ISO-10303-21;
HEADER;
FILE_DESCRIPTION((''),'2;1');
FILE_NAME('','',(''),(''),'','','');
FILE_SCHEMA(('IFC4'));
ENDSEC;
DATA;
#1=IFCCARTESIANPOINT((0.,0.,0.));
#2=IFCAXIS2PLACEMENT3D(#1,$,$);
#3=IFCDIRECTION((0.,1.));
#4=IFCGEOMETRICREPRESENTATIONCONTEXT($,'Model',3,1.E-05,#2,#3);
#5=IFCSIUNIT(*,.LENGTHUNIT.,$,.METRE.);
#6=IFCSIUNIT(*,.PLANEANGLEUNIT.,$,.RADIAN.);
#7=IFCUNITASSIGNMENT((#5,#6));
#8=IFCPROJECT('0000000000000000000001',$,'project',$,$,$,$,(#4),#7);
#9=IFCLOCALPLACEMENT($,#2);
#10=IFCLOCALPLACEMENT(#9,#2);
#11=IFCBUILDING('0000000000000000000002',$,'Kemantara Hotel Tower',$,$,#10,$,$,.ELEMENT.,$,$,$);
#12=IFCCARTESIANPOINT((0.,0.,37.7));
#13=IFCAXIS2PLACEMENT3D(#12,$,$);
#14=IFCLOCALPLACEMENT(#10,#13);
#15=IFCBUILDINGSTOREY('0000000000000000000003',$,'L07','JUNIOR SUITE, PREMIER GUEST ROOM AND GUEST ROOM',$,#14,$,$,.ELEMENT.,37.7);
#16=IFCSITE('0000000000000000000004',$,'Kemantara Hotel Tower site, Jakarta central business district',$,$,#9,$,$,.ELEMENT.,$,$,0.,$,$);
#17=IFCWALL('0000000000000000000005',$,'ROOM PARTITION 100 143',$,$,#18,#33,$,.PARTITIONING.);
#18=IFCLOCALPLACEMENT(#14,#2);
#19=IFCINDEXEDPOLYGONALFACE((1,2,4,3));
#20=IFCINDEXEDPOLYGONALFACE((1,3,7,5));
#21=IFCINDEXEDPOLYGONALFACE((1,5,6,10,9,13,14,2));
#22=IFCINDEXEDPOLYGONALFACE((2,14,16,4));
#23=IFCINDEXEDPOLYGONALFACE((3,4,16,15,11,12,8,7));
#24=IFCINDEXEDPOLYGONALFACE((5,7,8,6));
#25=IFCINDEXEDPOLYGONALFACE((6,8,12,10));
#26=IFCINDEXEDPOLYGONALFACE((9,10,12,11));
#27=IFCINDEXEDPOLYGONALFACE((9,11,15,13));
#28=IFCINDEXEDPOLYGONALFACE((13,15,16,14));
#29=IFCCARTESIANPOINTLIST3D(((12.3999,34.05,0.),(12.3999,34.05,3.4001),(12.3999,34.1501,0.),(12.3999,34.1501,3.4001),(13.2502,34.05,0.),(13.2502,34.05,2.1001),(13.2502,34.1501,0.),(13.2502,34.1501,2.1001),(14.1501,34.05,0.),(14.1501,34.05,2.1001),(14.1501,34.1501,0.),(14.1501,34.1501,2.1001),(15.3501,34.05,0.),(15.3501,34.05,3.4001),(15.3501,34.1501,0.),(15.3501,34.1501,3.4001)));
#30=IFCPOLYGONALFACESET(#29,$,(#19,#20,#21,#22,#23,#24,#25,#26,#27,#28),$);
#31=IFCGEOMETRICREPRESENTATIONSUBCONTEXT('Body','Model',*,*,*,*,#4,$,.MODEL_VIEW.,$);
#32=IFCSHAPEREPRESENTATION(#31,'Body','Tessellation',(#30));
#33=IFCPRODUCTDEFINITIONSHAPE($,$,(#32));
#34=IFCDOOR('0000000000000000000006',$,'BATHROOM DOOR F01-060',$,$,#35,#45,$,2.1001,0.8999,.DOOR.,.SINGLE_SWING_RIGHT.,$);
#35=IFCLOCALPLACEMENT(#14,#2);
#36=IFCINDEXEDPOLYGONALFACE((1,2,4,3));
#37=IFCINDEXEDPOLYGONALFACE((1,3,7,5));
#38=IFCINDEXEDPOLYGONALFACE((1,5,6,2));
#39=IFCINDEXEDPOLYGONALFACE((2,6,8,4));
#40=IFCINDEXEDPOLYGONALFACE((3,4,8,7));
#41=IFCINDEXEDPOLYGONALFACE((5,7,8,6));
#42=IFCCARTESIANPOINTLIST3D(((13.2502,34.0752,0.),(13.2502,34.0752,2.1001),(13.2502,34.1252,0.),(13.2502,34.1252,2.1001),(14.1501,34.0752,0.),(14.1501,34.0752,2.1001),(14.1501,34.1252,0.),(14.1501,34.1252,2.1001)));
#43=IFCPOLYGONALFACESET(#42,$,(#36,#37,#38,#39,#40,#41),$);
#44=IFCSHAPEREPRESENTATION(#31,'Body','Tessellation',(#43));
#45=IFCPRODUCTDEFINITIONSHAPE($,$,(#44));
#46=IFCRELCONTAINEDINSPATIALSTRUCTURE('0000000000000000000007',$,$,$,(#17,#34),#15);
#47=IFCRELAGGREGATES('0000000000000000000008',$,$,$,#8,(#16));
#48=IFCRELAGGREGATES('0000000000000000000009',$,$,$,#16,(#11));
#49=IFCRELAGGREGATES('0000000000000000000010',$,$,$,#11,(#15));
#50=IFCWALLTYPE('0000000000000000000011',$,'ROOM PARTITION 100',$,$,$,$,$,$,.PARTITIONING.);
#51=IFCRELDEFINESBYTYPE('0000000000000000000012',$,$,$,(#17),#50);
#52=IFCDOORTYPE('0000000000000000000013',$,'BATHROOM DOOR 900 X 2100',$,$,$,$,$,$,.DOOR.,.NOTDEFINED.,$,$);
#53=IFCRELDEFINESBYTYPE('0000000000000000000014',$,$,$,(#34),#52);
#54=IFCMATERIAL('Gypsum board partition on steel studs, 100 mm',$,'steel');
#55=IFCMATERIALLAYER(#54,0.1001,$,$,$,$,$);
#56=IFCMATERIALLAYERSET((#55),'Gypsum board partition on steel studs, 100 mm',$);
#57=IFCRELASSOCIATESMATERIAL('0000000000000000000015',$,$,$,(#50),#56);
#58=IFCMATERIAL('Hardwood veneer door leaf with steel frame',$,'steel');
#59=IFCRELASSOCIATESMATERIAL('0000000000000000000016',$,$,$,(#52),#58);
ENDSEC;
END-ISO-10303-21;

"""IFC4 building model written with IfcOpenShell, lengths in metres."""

from ifc_helpers import new_model, si_unit, direction, frame, frame_2d, origin, place, context, subcontext, project, spatial, rectangle, extrude, material, layer, layer_set, type_object, element, fill, save


model = new_model("IFC4")

# Units and contexts
model_context = context("Model", 3, precision=1e-05, world=origin(), true_north=direction((0.0, 1.0)))
body_context = subcontext(model_context, "Body", "Model", "MODEL_VIEW")
ifc_project = project(units=[si_unit("LENGTHUNIT", "METRE"), si_unit("PLANEANGLEUNIT", "RADIAN")], contexts=[model_context])

# Site, building, storey
site_placement = place(None, origin())
site = spatial("IfcSite", under=ifc_project, at=site_placement, Name="Kemantara Hotel Tower site, Jakarta central business district", CompositionType="ELEMENT", RefElevation=0.0)
building_placement = place(site_placement, origin())
building = spatial("IfcBuilding", under=site, at=building_placement, Name="Kemantara Hotel Tower", CompositionType="ELEMENT")
storey_placement = place(building_placement, frame((0.0, 0.0, 37.7)))
storey = spatial("IfcBuildingStorey", under=building, at=storey_placement, Name="L07", Description="JUNIOR SUITE, PREMIER GUEST ROOM AND GUEST ROOM", CompositionType="ELEMENT", Elevation=37.7)

# Shared definitions
ifc_material_1 = material(Name="Gypsum board partition on steel studs, 100 mm", Category="steel")
ifc_layer_1 = layer(ifc_material_1, 0.1001)
ifc_layer_set_1 = layer_set([ifc_layer_1], Name="Gypsum board partition on steel studs, 100 mm")
wall_type_1 = type_object("IfcWallType", Name="ROOM PARTITION 100", PredefinedType="PARTITIONING", material=ifc_layer_set_1)

# Shared definitions
ifc_material_2 = material(Name="Hardwood veneer door leaf with steel frame", Category="steel")
door_type = type_object("IfcDoorType", Name="BATHROOM DOOR 900 X 2100", OperationType="NOTDEFINED", PredefinedType="DOOR", material=ifc_material_2)

# Wall, opening, door
wall_1_placement = place(storey_placement, frame((15.3501, 34.1001, 0.0), z_axis=(0.0, 0.0, 1.0), x_axis=(-1.0, 0.0, 0.0)))
wall_1 = element("IfcWall", 1, at=wall_1_placement, inside=storey, type_object=wall_type_1, Name="ROOM PARTITION 100 143", PredefinedType="PARTITIONING", context=body_context, shape_type="SweptSolid", body=[
    extrude(rectangle(XDim=2.9502, YDim=0.1001, at=frame_2d((1.4751, 0.0))), origin(), (0.0, 0.0, 1.0), 3.4001),
])
opening_1_placement = place(wall_1_placement, frame((1.2, 0.0, 0.0)))
opening_1 = element("IfcOpeningElement", 2, at=opening_1_placement, cuts=wall_1, PredefinedType="OPENING", context=body_context, shape_type="SweptSolid", body=[
    extrude(rectangle(XDim=0.8999, YDim=2.1001, at=frame_2d((0.45, 1.05))), frame((0.0, 0.0601, 0.0), z_axis=(0.0, -1.0, 0.0), x_axis=(1.0, 0.0, 0.0)), (0.0, 0.0, 1.0), 0.1201),
])
door_1_placement = place(opening_1_placement, origin())
door_1 = element("IfcDoor", 3, at=door_1_placement, inside=storey, type_object=door_type, Name="BATHROOM DOOR F01-060", OperationType="SINGLE_SWING_RIGHT", OverallHeight=2.1001, OverallWidth=0.8999, PredefinedType="DOOR", context=body_context, shape_type="SweptSolid", body=[
    extrude(rectangle(XDim=0.8999, YDim=2.1001, at=frame_2d((0.45, 1.05))), frame((0.0, 0.0249, 0.0), z_axis=(0.0, -1.0, 0.0), x_axis=(1.0, 0.0, 0.0)), (0.0, 0.0, 1.0), 0.05),
])
fill(opening_1, door_1)

save(model, "model.ifc")
